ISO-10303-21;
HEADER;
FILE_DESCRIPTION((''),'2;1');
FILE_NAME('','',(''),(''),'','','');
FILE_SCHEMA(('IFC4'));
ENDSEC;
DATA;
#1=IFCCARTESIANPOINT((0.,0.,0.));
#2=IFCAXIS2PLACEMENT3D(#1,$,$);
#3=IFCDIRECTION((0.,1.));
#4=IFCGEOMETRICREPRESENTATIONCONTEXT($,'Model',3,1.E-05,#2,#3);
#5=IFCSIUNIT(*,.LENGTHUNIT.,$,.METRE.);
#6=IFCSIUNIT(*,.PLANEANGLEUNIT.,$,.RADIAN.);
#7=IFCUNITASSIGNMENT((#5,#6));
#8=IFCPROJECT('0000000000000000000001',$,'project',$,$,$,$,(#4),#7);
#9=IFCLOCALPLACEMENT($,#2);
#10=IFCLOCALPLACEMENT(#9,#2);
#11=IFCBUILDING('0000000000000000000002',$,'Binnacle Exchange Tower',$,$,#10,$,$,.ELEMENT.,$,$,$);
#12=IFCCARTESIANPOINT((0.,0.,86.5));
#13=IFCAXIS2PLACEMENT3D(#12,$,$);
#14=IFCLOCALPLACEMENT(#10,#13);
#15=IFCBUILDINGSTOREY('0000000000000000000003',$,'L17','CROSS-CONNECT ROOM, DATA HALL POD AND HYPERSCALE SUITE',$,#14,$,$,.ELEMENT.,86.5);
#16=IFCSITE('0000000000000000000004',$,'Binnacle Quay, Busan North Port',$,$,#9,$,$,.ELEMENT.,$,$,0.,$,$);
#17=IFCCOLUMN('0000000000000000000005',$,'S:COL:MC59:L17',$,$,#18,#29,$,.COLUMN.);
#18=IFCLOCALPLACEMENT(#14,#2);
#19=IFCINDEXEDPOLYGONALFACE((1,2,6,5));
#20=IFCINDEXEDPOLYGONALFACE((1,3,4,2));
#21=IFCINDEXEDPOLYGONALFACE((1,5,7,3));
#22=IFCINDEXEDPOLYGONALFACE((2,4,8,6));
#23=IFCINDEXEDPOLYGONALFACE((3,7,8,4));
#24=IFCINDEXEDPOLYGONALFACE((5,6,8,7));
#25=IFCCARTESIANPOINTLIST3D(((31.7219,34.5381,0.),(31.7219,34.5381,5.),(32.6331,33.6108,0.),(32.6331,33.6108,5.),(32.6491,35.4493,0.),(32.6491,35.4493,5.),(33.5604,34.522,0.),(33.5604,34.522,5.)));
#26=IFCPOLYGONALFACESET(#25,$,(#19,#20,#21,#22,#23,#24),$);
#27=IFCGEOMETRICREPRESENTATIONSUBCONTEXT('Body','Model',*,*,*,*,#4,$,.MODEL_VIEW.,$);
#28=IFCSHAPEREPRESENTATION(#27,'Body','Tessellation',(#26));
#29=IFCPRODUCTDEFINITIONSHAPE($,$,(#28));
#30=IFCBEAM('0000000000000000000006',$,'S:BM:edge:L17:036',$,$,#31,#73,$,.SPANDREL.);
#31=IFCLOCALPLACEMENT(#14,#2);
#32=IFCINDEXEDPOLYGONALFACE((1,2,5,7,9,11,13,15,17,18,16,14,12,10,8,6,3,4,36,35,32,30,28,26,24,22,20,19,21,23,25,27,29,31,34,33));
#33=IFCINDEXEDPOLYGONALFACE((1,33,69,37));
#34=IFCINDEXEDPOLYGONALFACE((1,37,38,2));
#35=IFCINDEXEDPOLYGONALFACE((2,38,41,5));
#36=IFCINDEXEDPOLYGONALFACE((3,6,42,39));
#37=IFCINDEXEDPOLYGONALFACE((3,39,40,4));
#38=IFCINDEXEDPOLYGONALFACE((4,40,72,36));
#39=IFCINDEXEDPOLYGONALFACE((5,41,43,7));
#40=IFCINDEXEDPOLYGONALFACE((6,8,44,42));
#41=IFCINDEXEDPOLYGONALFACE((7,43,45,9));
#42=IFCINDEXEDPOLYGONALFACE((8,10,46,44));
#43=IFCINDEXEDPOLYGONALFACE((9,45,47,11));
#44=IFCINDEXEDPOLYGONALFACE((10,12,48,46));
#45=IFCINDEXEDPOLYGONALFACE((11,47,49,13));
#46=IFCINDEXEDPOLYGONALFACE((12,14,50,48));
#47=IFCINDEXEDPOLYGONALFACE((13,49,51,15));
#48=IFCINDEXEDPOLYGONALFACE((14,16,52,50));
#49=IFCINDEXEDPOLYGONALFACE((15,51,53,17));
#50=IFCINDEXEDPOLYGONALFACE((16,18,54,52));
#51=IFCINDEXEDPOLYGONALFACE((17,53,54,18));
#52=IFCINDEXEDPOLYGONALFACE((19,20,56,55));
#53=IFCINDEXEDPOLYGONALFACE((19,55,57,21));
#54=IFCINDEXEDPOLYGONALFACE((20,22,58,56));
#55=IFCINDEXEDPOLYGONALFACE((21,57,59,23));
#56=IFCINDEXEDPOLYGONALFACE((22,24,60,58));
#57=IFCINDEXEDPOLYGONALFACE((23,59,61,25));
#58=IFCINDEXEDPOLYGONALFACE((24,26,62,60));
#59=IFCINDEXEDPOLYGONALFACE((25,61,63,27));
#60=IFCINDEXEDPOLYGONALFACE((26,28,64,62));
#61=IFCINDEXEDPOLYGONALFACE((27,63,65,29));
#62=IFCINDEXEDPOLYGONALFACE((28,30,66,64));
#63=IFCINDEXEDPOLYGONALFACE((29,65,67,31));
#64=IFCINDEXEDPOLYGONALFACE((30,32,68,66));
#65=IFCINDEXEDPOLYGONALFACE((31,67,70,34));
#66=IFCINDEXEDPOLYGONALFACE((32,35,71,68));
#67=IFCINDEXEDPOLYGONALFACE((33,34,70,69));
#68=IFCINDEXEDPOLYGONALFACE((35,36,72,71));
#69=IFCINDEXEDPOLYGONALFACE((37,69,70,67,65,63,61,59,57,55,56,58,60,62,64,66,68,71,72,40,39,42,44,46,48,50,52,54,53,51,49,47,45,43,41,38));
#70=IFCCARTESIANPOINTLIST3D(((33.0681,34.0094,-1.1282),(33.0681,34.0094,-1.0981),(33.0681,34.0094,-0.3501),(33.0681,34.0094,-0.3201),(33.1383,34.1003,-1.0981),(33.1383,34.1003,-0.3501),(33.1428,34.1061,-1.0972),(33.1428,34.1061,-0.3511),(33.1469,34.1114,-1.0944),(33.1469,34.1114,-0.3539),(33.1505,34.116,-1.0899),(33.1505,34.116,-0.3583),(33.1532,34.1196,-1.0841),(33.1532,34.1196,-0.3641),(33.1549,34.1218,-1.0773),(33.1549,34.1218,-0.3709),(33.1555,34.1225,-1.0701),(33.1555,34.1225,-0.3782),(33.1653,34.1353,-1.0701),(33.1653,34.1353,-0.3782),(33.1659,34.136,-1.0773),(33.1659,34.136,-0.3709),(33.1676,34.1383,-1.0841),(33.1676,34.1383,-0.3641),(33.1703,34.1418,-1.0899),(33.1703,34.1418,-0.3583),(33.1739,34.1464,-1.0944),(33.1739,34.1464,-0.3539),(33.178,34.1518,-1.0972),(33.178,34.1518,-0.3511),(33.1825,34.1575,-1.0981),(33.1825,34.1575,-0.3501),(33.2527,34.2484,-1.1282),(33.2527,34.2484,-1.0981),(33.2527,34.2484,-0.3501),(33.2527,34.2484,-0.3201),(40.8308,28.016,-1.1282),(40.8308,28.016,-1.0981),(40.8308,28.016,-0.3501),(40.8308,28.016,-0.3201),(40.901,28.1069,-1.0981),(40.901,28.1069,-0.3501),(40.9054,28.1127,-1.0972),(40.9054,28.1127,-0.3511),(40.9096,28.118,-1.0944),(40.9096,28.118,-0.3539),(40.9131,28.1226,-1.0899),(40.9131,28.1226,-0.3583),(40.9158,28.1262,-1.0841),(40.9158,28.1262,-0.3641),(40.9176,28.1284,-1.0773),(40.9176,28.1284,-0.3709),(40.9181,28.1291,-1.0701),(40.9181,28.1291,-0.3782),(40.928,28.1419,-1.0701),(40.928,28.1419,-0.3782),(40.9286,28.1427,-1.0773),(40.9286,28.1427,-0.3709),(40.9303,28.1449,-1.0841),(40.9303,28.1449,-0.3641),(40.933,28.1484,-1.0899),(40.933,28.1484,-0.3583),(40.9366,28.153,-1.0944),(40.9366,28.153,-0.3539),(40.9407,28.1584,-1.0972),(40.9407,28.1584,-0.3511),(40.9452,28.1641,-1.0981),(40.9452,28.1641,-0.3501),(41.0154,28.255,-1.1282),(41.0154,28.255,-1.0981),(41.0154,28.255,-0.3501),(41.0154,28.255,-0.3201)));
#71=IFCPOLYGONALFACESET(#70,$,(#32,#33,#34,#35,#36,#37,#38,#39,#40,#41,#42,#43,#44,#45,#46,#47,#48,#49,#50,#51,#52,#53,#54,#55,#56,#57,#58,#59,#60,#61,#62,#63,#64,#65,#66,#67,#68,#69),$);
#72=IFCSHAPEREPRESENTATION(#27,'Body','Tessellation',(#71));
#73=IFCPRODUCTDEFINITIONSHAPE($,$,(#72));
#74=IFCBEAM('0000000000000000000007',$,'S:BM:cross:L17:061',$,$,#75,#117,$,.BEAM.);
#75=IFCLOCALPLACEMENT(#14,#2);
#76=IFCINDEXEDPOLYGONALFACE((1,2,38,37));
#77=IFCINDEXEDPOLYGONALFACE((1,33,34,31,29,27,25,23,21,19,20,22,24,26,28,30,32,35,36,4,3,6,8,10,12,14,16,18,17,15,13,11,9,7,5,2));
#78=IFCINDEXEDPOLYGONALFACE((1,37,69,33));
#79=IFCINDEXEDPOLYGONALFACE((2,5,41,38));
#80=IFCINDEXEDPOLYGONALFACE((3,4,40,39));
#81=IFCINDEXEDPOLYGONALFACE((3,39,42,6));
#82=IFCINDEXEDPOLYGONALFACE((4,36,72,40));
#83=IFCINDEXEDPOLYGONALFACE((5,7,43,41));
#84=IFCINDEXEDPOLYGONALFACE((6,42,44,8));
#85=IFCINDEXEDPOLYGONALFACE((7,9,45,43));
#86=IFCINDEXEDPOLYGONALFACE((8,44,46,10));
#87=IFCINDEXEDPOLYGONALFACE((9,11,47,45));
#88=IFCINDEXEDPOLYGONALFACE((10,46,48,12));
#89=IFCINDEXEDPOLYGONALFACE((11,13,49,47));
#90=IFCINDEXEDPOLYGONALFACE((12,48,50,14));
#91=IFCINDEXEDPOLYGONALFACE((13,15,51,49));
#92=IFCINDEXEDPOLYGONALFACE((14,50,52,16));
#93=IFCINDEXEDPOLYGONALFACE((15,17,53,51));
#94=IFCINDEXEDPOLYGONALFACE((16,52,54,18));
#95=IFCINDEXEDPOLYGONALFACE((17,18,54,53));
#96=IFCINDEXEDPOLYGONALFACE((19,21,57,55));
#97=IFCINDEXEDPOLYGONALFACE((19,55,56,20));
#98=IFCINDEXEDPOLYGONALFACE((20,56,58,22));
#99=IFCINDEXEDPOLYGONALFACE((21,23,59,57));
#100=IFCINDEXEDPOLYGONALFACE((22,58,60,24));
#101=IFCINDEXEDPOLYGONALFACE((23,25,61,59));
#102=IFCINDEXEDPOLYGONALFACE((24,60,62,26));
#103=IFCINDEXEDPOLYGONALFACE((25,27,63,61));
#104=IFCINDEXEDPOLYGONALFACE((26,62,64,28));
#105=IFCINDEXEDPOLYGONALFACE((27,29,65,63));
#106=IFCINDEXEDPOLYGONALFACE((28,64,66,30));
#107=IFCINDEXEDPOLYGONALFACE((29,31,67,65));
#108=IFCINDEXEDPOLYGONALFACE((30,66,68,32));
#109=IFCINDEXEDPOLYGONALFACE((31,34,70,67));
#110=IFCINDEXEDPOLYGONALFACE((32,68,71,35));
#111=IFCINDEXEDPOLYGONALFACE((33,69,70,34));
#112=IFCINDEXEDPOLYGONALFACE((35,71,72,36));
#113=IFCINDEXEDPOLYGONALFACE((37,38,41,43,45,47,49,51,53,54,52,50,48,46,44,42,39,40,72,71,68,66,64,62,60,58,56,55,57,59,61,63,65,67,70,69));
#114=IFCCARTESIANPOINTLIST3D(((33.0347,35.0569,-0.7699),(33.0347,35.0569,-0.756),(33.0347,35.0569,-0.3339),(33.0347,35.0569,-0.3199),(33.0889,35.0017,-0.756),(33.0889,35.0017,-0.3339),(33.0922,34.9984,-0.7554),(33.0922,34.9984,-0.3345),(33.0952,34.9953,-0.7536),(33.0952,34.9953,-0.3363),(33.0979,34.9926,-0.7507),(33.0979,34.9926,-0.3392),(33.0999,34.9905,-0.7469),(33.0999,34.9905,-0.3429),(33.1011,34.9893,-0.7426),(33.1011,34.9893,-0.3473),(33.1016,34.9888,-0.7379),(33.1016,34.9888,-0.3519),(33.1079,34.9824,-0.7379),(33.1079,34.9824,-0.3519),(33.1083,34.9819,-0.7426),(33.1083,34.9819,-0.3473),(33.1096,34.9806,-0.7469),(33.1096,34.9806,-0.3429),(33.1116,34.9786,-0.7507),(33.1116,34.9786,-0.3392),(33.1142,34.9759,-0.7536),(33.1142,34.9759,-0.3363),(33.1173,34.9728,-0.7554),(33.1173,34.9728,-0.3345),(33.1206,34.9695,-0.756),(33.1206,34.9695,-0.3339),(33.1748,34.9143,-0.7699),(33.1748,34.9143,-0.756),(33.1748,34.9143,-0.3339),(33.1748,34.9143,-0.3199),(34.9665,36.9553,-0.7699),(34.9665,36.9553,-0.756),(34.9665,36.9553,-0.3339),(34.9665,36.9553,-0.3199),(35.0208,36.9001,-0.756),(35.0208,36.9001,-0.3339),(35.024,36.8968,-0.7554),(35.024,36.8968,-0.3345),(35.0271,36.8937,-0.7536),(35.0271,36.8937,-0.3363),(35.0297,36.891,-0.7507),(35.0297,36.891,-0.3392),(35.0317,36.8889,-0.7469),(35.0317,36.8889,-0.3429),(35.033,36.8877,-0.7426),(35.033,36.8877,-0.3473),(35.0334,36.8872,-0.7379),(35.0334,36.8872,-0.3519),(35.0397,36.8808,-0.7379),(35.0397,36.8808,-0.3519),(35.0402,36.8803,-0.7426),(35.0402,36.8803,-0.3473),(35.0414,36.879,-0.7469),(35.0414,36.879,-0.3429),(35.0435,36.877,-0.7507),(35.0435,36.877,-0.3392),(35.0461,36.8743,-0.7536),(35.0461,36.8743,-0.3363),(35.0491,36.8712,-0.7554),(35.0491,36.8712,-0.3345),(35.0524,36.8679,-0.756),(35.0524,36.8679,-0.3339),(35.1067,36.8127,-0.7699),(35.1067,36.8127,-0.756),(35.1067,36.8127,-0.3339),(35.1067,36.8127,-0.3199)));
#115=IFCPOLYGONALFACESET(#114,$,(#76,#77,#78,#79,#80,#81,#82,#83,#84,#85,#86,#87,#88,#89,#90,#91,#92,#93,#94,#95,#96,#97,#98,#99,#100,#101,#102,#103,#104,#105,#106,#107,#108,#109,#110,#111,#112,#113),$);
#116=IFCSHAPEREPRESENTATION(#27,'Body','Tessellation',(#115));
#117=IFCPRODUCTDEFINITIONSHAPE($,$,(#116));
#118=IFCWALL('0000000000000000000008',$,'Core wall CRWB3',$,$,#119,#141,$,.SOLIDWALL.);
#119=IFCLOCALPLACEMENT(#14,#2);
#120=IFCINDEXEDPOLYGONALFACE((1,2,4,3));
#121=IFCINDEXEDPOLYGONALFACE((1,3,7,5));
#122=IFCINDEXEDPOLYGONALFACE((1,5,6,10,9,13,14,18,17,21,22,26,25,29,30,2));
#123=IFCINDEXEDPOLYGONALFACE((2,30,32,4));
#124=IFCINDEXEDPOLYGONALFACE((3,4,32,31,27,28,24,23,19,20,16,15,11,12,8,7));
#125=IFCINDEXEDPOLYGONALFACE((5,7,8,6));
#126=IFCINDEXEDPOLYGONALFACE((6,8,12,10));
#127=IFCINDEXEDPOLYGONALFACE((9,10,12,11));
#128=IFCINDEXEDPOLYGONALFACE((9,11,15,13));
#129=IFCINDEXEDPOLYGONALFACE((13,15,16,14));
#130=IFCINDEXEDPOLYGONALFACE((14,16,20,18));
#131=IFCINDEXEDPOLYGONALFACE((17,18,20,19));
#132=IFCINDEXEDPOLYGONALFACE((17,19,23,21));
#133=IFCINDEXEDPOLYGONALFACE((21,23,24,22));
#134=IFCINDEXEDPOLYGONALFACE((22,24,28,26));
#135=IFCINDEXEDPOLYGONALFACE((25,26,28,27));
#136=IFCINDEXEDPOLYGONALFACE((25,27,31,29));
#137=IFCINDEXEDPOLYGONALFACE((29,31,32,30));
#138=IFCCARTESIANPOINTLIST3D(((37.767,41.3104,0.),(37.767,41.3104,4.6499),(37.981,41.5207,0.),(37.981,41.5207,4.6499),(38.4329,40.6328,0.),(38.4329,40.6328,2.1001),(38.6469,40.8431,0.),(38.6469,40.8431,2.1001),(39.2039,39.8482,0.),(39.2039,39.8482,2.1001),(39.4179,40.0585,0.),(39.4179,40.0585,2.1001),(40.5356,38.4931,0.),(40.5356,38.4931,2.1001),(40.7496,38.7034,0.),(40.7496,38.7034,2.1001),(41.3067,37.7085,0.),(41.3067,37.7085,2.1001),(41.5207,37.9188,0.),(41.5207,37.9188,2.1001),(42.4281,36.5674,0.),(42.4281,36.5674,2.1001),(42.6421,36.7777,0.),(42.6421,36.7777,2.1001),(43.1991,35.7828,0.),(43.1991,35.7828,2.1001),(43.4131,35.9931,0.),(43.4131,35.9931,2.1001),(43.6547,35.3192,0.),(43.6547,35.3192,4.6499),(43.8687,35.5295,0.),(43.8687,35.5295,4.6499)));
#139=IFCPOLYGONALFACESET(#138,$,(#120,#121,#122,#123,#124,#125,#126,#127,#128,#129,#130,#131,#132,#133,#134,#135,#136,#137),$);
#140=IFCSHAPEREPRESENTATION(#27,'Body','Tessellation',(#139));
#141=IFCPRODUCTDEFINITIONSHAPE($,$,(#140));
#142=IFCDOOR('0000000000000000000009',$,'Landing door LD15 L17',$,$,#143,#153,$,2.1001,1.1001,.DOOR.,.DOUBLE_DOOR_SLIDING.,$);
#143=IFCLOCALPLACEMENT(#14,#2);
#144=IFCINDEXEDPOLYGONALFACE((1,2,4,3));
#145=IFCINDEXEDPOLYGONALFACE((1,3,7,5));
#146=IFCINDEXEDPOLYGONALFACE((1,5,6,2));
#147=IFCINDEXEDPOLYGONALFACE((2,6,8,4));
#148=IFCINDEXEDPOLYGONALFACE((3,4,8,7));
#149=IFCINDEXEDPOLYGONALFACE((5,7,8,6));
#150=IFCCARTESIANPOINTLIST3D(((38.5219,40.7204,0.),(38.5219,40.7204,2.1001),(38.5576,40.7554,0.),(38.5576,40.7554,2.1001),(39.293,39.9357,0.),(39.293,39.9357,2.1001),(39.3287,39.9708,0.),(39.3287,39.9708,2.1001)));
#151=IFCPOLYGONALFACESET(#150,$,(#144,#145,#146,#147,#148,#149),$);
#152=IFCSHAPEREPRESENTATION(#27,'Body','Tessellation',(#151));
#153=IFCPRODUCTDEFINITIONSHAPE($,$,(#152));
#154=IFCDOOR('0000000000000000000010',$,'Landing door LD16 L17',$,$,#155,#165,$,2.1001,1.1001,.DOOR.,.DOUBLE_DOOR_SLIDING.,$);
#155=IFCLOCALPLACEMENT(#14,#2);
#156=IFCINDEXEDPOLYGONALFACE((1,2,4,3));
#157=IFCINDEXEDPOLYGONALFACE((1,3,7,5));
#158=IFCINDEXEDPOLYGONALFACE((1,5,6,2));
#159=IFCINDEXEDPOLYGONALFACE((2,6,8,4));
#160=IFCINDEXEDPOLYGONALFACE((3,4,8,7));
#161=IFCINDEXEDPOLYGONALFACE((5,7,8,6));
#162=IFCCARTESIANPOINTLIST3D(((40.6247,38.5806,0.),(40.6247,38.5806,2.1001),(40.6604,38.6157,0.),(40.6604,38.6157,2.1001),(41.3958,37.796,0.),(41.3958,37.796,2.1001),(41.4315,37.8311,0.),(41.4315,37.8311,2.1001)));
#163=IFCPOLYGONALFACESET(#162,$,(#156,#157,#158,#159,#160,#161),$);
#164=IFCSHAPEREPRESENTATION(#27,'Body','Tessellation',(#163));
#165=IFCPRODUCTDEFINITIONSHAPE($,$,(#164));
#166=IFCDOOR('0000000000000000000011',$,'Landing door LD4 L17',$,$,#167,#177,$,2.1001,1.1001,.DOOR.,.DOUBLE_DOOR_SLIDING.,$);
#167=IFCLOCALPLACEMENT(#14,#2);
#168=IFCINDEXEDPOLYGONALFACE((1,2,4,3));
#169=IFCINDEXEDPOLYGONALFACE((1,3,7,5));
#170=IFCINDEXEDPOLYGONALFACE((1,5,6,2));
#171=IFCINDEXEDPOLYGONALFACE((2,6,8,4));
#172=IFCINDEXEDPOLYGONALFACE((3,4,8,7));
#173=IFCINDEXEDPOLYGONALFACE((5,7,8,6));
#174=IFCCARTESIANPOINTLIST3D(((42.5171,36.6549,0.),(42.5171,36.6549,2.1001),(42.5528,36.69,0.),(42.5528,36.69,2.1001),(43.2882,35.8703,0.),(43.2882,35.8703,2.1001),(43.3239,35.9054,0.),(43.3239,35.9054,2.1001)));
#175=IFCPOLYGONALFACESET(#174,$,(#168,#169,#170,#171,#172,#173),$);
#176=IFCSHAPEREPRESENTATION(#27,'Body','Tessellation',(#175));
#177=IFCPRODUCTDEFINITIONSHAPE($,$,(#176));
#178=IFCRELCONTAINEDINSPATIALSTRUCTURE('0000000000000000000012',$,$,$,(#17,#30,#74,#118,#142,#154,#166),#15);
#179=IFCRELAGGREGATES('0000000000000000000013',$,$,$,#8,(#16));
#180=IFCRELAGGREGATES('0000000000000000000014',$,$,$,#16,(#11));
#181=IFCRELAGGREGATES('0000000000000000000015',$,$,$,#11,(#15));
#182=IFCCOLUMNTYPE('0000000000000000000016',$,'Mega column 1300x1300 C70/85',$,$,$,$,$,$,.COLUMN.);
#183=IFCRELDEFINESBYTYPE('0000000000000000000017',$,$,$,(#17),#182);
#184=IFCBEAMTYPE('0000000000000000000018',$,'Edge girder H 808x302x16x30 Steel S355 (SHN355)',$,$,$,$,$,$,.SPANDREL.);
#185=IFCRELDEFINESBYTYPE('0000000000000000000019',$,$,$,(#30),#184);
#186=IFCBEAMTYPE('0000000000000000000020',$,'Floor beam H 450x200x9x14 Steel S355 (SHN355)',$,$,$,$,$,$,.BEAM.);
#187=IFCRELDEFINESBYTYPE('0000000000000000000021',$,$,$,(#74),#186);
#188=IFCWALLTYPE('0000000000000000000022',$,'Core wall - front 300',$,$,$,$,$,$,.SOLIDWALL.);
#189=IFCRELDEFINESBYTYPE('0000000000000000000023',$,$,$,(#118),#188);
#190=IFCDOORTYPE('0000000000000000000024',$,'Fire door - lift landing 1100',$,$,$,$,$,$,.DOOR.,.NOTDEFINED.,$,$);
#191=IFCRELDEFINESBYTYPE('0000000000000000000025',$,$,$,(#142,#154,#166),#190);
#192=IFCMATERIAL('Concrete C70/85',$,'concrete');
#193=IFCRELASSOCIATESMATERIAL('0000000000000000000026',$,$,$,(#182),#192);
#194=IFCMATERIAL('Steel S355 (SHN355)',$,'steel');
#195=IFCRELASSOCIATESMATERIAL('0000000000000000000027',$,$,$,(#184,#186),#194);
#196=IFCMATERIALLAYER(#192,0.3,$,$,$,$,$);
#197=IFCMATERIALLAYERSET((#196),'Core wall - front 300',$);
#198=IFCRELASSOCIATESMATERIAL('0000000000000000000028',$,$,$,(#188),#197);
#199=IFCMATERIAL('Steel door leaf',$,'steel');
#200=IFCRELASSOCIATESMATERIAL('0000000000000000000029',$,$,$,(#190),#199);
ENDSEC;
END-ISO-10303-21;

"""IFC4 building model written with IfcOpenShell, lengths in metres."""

from ifc_helpers import new_model, si_unit, direction, frame, frame_2d, origin, origin_2d, place, context, subcontext, project, spatial, rectangle, i_section, extrude, material, layer, layer_set, material_profile, profile_set, type_object, element, fill, save


model = new_model("IFC4")

# Units and contexts
model_context = context("Model", 3, precision=1e-05, world=origin(), true_north=direction((0.0, 1.0)))
body_context = subcontext(model_context, "Body", "Model", "MODEL_VIEW")
ifc_project = project(units=[si_unit("LENGTHUNIT", "METRE"), si_unit("PLANEANGLEUNIT", "RADIAN")], contexts=[model_context])

# Site, building, storey
site_placement = place(None, origin())
site = spatial("IfcSite", under=ifc_project, at=site_placement, Name="Binnacle Quay, Busan North Port", CompositionType="ELEMENT", RefElevation=0.0)
building_placement = place(site_placement, origin())
building = spatial("IfcBuilding", under=site, at=building_placement, Name="Binnacle Exchange Tower", CompositionType="ELEMENT")
storey_placement = place(building_placement, frame((0.0, 0.0, 86.5)))
storey = spatial("IfcBuildingStorey", under=building, at=storey_placement, Name="L17", Description="CROSS-CONNECT ROOM, DATA HALL POD AND HYPERSCALE SUITE", CompositionType="ELEMENT", Elevation=86.5)

# Column
ifc_material_1 = material(Name="Concrete C70/85", Category="concrete")
ifc_material_profile_1 = material_profile(ifc_material_1, rectangle(XDim=1.3, YDim=1.3, at=origin_2d()), Name="Mega column 1300x1300 C70/85")
ifc_profile_set_1 = profile_set([ifc_material_profile_1], Name="Concrete C70/85")
column_type = type_object("IfcColumnType", Name="Mega column 1300x1300 C70/85", PredefinedType="COLUMN", material=ifc_profile_set_1)
column_placement = place(storey_placement, frame((32.6411, 34.53, 0.0), z_axis=(0.0, 0.0, 1.0), x_axis=(0.700909, -0.71325, 0.0)))
element("IfcColumn", 1, at=column_placement, inside=storey, type_object=column_type, Name="S:COL:MC59:L17", PredefinedType="COLUMN", context=body_context, shape_type="SweptSolid", body=[
    extrude(rectangle(XDim=1.3, YDim=1.3, at=origin_2d()), origin(), (0.0, 0.0, 1.0), 5.0),
])

# Beams
ifc_material_2 = material(Name="Steel S355 (SHN355)", Category="steel")
ifc_material_profile_2 = material_profile(ifc_material_2, i_section(OverallWidth=0.302, OverallDepth=0.8081, WebThickness=0.0161, FlangeThickness=0.03, FilletRadius=0.0281, at=origin_2d()), Name="H 808x302x16x30")
ifc_profile_set_2 = profile_set([ifc_material_profile_2], Name="Steel S355 (SHN355)")
beam_type_1 = type_object("IfcBeamType", Name="Edge girder H 808x302x16x30 Steel S355 (SHN355)", PredefinedType="SPANDREL", material=ifc_profile_set_2)
beam_1_placement = place(storey_placement, frame((33.1604, 34.1289, -0.7241), z_axis=(0.791533, -0.611126, 0.0), x_axis=(0.611126, 0.791533, 0.0)))
element("IfcBeam", 2, at=beam_1_placement, inside=storey, type_object=beam_type_1, Name="S:BM:edge:L17:036", PredefinedType="SPANDREL", context=body_context, shape_type="SweptSolid", body=[
    extrude(i_section(OverallWidth=0.302, OverallDepth=0.8081, WebThickness=0.0161, FlangeThickness=0.03, FilletRadius=0.0281, at=origin_2d()), origin(), (0.0, 0.0, 1.0), 9.8071),
])
ifc_material_profile_3 = material_profile(ifc_material_2, i_section(OverallWidth=0.2, OverallDepth=0.45, WebThickness=0.009, FlangeThickness=0.0139, FilletRadius=0.0181, at=origin_2d()), Name="H 450x200x9x14")
ifc_profile_set_3 = profile_set([ifc_material_profile_3], Name="Steel S355 (SHN355)")
beam_type_2 = type_object("IfcBeamType", Name="Floor beam H 450x200x9x14 Steel S355 (SHN355)", PredefinedType="BEAM", material=ifc_profile_set_3)
beam_2_placement = place(storey_placement, frame((33.1047, 34.9856, -0.5449), z_axis=(0.713254, 0.700905, 0.0), x_axis=(-0.700905, 0.713254, 0.0)))
element("IfcBeam", 3, at=beam_2_placement, inside=storey, type_object=beam_type_2, Name="S:BM:cross:L17:061", PredefinedType="BEAM", context=body_context, shape_type="SweptSolid", body=[
    extrude(i_section(OverallWidth=0.2, OverallDepth=0.45, WebThickness=0.009, FlangeThickness=0.0139, FilletRadius=0.0181, at=origin_2d()), origin(), (0.0, 0.0, 1.0), 2.7085),
])

# Wall, openings, doors
ifc_layer_1 = layer(ifc_material_1, 0.3)
ifc_layer_set_1 = layer_set([ifc_layer_1], Name="Core wall - front 300")
wall_type_1 = type_object("IfcWallType", Name="Core wall - front 300", PredefinedType="SOLIDWALL", material=ifc_layer_set_1)
wall_1_placement = place(storey_placement, frame((37.874, 41.4155, 0.0), z_axis=(0.0, 0.0, 1.0), x_axis=(0.700918, -0.713242, 0.0)))
wall_1 = element("IfcWall", 4, at=wall_1_placement, inside=storey, type_object=wall_type_1, Name="Core wall CRWB3", PredefinedType="SOLIDWALL", context=body_context, shape_type="SweptSolid", body=[
    extrude(rectangle(XDim=8.3999, YDim=0.3, at=frame_2d((4.2, 0.0))), origin(), (0.0, 0.0, 1.0), 4.6499),
])
opening_1_placement = place(wall_1_placement, frame((0.95, 0.0, 0.0)))
opening_1 = element("IfcOpeningElement", 5, at=opening_1_placement, cuts=wall_1, PredefinedType="OPENING", context=body_context, shape_type="SweptSolid", body=[
    extrude(rectangle(XDim=1.1001, YDim=2.1001, at=frame_2d((0.55, 1.05))), frame((0.0, 0.1599, 0.0), z_axis=(0.0, -1.0, 0.0), x_axis=(1.0, 0.0, 0.0)), (0.0, 0.0, 1.0), 0.3201),
])
opening_2_placement = place(wall_1_placement, frame((3.95, 0.0, 0.0)))
opening_2 = element("IfcOpeningElement", 6, at=opening_2_placement, cuts=wall_1, PredefinedType="OPENING", context=body_context, shape_type="SweptSolid", body=[
    extrude(rectangle(XDim=1.1001, YDim=2.1001, at=frame_2d((0.55, 1.05))), frame((0.0, 0.1599, 0.0), z_axis=(0.0, -1.0, 0.0), x_axis=(1.0, 0.0, 0.0)), (0.0, 0.0, 1.0), 0.3201),
])
opening_3_placement = place(wall_1_placement, frame((6.6499, 0.0, 0.0)))
opening_3 = element("IfcOpeningElement", 7, at=opening_3_placement, cuts=wall_1, PredefinedType="OPENING", context=body_context, shape_type="SweptSolid", body=[
    extrude(rectangle(XDim=1.1001, YDim=2.1001, at=frame_2d((0.55, 1.05))), frame((0.0, 0.1599, 0.0), z_axis=(0.0, -1.0, 0.0), x_axis=(1.0, 0.0, 0.0)), (0.0, 0.0, 1.0), 0.3201),
])
ifc_material_3 = material(Name="Steel door leaf", Category="steel")
door_type_1 = type_object("IfcDoorType", Name="Fire door - lift landing 1100", OperationType="NOTDEFINED", PredefinedType="DOOR", material=ifc_material_3)
door_1_placement = place(opening_1_placement, origin())
door_1 = element("IfcDoor", 8, at=door_1_placement, inside=storey, type_object=door_type_1, Name="Landing door LD15 L17", OperationType="DOUBLE_DOOR_SLIDING", OverallHeight=2.1001, OverallWidth=1.1001, PredefinedType="DOOR", context=body_context, shape_type="SweptSolid", body=[
    extrude(rectangle(XDim=1.1001, YDim=2.1001, at=frame_2d((0.55, 1.05))), frame((0.0, 0.0249, 0.0), z_axis=(0.0, -1.0, 0.0), x_axis=(1.0, 0.0, 0.0)), (0.0, 0.0, 1.0), 0.05),
])
fill(opening_1, door_1)
door_2_placement = place(opening_2_placement, origin())
door_2 = element("IfcDoor", 9, at=door_2_placement, inside=storey, type_object=door_type_1, Name="Landing door LD16 L17", OperationType="DOUBLE_DOOR_SLIDING", OverallHeight=2.1001, OverallWidth=1.1001, PredefinedType="DOOR", context=body_context, shape_type="SweptSolid", body=[
    extrude(rectangle(XDim=1.1001, YDim=2.1001, at=frame_2d((0.55, 1.05))), frame((0.0, 0.0249, 0.0), z_axis=(0.0, -1.0, 0.0), x_axis=(1.0, 0.0, 0.0)), (0.0, 0.0, 1.0), 0.05),
])
fill(opening_2, door_2)
door_3_placement = place(opening_3_placement, origin())
door_3 = element("IfcDoor", 10, at=door_3_placement, inside=storey, type_object=door_type_1, Name="Landing door LD4 L17", OperationType="DOUBLE_DOOR_SLIDING", OverallHeight=2.1001, OverallWidth=1.1001, PredefinedType="DOOR", context=body_context, shape_type="SweptSolid", body=[
    extrude(rectangle(XDim=1.1001, YDim=2.1001, at=frame_2d((0.55, 1.05))), frame((0.0, 0.0249, 0.0), z_axis=(0.0, -1.0, 0.0), x_axis=(1.0, 0.0, 0.0)), (0.0, 0.0, 1.0), 0.05),
])
fill(opening_3, door_3)

save(model, "model.ifc")
